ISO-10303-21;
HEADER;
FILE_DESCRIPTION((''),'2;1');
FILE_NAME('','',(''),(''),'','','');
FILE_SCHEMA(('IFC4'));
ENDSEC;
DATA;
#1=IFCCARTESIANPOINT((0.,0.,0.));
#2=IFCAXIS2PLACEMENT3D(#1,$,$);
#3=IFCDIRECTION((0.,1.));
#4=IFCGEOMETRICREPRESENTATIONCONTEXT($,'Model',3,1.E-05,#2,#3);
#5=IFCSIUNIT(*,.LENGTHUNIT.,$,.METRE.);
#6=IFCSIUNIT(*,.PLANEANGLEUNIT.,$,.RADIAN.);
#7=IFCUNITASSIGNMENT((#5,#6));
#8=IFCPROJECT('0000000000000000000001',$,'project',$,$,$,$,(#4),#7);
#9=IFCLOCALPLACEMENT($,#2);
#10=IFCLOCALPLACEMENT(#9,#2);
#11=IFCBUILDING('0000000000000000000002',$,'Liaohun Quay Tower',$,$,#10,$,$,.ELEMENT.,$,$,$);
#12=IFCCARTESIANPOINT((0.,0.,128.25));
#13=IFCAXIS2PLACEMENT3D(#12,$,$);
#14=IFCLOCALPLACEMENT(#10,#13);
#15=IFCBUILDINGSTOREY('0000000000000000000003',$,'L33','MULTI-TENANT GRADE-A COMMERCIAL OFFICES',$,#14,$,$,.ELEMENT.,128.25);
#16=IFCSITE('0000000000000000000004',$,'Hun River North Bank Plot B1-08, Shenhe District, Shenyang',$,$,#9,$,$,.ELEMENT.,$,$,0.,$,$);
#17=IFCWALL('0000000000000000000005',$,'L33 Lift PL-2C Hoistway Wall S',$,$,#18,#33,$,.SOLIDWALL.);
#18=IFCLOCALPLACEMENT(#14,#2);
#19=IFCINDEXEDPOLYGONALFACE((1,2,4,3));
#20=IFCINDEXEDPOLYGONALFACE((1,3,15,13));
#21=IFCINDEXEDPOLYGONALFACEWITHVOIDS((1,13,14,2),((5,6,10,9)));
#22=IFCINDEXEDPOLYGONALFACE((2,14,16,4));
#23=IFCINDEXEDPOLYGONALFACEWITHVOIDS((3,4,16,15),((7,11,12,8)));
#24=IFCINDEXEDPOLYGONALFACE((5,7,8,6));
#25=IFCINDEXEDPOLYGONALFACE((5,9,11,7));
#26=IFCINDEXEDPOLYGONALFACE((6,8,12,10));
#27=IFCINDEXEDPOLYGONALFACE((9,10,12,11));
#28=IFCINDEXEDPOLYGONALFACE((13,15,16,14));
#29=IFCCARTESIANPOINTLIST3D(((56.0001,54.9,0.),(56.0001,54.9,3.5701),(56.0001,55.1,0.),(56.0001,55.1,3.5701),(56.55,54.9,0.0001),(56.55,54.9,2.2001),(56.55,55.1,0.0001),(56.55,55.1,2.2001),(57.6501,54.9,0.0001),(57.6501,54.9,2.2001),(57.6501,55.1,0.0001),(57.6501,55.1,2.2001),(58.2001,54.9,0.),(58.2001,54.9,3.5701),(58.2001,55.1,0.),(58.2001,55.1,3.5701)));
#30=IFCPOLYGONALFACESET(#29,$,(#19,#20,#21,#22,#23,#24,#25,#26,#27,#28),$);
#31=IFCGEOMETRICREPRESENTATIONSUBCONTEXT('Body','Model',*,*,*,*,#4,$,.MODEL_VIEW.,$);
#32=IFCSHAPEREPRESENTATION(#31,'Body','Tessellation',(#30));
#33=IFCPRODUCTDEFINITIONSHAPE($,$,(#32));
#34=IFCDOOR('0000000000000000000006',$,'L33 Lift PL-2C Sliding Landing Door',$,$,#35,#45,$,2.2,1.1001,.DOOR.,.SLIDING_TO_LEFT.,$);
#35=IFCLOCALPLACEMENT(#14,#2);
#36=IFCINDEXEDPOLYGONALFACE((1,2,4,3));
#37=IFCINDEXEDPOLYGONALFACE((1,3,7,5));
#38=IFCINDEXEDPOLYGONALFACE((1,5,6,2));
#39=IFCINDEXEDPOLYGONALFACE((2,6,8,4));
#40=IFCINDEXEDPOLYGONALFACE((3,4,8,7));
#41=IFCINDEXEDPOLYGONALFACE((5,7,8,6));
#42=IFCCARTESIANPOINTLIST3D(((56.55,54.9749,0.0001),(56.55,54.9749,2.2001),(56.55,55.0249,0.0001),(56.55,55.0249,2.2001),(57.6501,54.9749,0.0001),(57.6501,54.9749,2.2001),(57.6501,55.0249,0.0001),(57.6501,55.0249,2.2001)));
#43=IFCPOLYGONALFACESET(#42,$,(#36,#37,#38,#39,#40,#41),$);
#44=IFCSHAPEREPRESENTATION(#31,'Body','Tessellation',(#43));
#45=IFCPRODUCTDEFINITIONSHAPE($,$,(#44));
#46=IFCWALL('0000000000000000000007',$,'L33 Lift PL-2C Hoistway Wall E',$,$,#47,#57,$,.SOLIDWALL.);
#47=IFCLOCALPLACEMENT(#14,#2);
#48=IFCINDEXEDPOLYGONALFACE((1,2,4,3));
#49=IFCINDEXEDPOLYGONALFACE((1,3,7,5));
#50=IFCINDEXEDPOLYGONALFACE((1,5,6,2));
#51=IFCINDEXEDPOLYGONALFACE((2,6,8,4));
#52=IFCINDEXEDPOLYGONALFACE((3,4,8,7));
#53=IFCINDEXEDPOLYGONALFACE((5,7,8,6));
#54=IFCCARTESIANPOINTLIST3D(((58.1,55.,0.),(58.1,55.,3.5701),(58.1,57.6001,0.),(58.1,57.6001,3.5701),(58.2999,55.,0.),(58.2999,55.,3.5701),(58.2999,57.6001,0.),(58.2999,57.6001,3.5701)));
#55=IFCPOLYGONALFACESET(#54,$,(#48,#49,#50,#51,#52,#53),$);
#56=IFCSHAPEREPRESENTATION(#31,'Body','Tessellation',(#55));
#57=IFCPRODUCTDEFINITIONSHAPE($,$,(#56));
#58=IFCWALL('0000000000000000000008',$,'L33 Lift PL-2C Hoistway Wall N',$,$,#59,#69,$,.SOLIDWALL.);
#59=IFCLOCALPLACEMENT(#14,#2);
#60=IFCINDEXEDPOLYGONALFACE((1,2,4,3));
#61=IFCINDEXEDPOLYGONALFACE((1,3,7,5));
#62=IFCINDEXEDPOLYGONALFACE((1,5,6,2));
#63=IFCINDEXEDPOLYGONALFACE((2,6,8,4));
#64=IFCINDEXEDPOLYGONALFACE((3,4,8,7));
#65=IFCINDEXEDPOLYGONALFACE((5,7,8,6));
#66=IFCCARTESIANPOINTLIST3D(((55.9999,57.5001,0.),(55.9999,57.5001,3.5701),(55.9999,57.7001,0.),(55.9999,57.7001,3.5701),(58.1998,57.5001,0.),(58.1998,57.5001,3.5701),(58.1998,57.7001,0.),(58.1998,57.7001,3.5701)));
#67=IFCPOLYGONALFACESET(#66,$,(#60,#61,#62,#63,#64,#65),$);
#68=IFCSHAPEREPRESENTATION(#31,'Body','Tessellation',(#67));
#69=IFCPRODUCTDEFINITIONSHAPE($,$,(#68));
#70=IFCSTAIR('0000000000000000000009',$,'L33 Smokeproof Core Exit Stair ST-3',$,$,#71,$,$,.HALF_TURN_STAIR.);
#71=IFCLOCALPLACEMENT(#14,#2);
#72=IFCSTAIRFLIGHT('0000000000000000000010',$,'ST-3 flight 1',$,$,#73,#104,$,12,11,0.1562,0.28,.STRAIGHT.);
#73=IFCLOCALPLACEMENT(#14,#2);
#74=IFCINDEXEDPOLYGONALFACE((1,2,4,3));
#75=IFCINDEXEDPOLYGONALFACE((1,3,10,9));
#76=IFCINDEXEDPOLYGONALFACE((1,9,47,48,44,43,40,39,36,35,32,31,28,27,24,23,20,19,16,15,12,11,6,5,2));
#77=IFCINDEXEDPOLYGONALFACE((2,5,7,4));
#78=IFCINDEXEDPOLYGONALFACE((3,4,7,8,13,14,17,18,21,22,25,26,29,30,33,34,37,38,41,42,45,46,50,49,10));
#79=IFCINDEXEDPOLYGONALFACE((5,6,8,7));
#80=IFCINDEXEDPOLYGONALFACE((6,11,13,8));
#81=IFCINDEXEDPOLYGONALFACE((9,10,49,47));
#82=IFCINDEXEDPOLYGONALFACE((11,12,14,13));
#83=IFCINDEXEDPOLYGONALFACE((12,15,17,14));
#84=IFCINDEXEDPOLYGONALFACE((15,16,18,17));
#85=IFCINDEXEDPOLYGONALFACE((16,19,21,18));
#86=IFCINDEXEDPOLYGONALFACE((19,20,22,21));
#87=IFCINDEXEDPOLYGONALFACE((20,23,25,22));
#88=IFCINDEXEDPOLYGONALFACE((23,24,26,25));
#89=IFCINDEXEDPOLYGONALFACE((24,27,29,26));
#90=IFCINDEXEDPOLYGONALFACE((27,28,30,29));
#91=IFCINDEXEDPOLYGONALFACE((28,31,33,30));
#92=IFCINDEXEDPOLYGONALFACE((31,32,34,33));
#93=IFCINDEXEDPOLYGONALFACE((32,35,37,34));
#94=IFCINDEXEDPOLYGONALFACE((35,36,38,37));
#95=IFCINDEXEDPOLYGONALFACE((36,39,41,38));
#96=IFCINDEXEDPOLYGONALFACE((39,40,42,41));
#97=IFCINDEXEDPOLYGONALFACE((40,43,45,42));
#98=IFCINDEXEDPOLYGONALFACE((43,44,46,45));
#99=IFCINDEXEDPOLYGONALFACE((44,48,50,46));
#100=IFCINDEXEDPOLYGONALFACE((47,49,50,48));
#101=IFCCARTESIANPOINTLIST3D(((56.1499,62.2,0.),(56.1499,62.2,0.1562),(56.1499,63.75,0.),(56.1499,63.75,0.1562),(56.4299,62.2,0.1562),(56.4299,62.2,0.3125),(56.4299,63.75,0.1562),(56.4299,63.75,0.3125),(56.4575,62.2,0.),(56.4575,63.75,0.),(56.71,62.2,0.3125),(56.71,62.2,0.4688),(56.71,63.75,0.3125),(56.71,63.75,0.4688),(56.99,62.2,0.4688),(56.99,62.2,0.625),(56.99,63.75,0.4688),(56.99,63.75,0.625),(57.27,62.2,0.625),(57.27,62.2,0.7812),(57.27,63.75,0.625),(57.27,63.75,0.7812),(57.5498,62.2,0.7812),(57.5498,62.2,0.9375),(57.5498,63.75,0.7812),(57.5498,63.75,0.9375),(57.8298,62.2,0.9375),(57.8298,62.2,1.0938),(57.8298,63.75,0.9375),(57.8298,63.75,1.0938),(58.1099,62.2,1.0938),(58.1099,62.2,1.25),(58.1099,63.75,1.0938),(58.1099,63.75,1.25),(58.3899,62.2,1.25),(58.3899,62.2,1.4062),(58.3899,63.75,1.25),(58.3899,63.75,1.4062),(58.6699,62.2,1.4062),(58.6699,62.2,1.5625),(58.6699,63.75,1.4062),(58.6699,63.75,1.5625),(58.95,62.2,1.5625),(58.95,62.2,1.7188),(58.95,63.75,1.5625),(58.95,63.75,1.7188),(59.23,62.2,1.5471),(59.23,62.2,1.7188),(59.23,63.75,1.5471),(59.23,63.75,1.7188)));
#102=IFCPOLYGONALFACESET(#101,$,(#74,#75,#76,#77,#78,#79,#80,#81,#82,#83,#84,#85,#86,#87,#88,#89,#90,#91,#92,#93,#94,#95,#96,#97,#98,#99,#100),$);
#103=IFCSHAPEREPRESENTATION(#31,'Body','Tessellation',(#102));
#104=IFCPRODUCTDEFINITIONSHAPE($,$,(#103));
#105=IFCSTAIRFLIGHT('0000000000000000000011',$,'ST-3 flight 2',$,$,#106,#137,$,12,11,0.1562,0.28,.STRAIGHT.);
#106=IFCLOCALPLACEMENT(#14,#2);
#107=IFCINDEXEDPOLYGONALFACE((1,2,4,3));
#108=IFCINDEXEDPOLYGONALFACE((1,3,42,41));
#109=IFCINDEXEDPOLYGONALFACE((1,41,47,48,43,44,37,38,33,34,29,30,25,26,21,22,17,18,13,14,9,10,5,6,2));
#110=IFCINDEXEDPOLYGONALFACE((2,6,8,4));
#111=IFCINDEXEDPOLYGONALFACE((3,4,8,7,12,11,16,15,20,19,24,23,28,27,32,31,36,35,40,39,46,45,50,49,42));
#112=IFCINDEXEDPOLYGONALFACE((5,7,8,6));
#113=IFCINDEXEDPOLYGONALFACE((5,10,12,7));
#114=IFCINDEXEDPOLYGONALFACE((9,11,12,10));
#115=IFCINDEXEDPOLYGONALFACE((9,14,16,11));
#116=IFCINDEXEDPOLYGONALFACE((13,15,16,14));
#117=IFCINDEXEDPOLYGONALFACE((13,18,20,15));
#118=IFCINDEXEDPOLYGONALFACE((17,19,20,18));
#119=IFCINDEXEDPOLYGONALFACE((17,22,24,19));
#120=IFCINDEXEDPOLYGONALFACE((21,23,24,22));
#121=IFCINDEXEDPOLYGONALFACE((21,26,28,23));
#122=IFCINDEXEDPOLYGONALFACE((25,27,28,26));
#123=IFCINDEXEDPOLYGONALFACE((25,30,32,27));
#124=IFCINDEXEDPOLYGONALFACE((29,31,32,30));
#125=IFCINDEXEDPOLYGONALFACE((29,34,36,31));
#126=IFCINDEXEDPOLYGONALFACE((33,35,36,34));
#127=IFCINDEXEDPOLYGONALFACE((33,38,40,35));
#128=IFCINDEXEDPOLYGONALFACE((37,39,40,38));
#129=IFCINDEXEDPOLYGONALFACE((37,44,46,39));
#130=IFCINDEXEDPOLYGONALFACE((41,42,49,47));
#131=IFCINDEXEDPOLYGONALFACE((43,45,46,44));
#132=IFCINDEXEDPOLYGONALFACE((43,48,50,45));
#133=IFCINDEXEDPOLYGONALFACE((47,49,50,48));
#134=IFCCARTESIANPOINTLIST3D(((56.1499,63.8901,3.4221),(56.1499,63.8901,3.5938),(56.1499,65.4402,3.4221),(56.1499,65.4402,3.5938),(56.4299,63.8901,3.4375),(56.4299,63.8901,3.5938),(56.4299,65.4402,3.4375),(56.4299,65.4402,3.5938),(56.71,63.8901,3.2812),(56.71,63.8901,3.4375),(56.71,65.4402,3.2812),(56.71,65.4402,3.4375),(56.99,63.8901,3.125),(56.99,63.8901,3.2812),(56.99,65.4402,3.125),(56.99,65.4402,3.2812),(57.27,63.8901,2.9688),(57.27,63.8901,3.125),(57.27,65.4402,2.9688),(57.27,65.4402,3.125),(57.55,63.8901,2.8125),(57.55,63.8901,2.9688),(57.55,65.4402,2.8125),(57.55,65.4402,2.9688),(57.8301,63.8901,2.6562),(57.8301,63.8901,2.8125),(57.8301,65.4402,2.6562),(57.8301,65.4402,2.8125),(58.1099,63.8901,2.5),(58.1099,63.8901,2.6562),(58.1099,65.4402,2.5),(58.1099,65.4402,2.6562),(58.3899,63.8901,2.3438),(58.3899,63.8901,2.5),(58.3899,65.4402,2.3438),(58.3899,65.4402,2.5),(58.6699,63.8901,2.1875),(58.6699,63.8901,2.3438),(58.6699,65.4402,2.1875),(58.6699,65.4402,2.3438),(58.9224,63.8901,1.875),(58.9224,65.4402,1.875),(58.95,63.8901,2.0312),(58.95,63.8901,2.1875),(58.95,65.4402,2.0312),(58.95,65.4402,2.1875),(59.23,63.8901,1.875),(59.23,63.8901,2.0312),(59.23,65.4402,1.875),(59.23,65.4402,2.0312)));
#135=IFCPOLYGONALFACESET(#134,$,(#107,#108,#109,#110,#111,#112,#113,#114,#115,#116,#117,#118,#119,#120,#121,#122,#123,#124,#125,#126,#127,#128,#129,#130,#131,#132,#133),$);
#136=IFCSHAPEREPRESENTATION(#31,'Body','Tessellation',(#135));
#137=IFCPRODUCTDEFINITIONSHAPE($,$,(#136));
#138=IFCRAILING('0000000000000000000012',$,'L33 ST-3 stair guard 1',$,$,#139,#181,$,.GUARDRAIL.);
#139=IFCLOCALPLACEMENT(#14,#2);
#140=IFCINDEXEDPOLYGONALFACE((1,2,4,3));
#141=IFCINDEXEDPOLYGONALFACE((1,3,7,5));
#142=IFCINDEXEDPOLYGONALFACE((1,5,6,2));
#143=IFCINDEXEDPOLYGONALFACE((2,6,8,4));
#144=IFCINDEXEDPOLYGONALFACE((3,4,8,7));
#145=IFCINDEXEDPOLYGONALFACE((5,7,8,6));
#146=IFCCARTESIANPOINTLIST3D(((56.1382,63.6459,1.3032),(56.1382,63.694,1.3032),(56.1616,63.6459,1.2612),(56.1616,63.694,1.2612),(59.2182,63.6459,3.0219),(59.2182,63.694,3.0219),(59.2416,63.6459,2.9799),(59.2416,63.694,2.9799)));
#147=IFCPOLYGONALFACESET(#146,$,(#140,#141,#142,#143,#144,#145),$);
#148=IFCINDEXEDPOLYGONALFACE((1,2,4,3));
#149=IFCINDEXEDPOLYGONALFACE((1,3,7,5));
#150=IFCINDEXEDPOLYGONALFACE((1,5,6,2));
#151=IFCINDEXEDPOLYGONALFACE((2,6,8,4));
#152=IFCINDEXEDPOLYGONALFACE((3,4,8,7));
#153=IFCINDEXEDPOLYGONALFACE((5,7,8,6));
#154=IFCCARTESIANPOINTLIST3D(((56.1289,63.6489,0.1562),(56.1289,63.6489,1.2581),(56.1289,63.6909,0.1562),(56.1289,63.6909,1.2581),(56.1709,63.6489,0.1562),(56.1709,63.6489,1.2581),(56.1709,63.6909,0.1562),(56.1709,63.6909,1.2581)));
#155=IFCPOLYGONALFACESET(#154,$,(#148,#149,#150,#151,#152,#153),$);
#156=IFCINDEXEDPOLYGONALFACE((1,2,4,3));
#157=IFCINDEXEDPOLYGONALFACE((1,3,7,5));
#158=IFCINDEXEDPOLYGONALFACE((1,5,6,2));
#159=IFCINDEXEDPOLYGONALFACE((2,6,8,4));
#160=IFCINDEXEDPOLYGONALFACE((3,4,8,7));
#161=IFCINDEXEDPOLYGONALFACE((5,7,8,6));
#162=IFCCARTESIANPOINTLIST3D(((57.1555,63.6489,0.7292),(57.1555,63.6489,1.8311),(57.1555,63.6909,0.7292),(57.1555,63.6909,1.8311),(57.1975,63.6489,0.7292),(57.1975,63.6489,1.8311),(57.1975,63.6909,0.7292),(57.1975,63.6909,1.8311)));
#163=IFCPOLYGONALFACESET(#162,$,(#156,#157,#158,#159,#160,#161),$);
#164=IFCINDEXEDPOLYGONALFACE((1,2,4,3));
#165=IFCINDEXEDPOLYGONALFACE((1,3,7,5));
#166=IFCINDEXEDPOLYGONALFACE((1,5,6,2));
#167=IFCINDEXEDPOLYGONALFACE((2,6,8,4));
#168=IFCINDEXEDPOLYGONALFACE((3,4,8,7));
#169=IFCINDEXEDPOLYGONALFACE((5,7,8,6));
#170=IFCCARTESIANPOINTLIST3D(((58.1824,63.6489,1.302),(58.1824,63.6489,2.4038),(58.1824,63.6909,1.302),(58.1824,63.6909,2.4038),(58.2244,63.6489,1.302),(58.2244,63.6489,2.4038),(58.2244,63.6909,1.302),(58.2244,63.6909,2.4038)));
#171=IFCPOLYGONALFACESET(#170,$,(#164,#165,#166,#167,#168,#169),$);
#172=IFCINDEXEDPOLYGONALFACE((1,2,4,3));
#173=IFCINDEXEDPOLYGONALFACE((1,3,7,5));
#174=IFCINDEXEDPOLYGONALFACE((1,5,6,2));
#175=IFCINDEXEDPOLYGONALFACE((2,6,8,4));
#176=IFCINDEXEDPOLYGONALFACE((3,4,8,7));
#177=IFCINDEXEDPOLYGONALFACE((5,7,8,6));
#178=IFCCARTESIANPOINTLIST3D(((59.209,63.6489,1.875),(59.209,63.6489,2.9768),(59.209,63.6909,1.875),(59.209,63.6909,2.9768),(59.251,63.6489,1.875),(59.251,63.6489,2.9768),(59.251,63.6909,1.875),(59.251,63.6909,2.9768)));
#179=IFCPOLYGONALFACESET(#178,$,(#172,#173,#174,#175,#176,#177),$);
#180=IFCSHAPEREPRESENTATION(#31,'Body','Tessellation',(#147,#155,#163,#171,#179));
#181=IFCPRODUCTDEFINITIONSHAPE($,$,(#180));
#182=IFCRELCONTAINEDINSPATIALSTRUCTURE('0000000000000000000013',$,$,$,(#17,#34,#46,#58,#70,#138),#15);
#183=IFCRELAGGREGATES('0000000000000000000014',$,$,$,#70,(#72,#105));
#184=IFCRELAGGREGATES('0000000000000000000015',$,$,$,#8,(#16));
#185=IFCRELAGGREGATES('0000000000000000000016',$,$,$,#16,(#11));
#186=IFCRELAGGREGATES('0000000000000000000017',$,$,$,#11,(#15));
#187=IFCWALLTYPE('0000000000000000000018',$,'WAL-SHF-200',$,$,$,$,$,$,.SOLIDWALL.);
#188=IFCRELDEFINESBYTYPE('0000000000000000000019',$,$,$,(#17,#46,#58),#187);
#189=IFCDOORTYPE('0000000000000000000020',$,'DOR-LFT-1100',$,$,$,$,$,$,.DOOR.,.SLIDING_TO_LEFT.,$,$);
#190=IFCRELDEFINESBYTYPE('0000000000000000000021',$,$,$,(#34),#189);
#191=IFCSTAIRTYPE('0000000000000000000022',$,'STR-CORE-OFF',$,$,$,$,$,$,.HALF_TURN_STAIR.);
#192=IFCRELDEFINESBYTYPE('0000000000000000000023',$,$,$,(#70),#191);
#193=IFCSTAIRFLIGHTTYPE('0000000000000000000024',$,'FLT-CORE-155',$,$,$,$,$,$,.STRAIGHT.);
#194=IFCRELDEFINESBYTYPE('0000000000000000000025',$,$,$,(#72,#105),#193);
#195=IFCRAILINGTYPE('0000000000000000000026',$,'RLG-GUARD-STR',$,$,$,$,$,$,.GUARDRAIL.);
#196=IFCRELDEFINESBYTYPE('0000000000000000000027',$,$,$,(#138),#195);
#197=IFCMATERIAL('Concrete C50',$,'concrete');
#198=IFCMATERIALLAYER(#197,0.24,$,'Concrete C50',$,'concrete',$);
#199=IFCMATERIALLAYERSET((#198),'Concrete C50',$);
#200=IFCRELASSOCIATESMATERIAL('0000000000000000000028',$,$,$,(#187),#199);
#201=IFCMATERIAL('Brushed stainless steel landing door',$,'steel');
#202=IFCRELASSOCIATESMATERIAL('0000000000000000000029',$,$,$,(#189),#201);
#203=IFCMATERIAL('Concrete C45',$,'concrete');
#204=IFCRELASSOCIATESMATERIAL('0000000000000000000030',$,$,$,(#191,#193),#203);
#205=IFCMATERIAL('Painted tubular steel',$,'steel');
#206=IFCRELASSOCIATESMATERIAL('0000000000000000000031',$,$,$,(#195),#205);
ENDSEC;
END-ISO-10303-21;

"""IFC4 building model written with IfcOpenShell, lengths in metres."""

from ifc_helpers import new_model, si_unit, direction, frame, frame_2d, origin, origin_2d, place, context, subcontext, project, spatial, polyline, rectangle, outline, extrude, source, transform, mapped, material, layer, layer_set, type_object, element, fill, aggregate, save


model = new_model("IFC4")

# Units and contexts
model_context = context("Model", 3, precision=1e-05, world=origin(), true_north=direction((0.0, 1.0)))
body_context = subcontext(model_context, "Body", "Model", "MODEL_VIEW")
ifc_project = project(units=[si_unit("LENGTHUNIT", "METRE"), si_unit("PLANEANGLEUNIT", "RADIAN")], contexts=[model_context])

# Site, building, storey
site_placement = place(None, origin())
site = spatial("IfcSite", under=ifc_project, at=site_placement, Name="Hun River North Bank Plot B1-08, Shenhe District, Shenyang", CompositionType="ELEMENT", RefElevation=0.0)
building_placement = place(site_placement, origin())
building = spatial("IfcBuilding", under=site, at=building_placement, Name="Liaohun Quay Tower", CompositionType="ELEMENT")
storey_placement = place(building_placement, frame((0.0, 0.0, 128.25)))
storey = spatial("IfcBuildingStorey", under=building, at=storey_placement, Name="L33", Description="MULTI-TENANT GRADE-A COMMERCIAL OFFICES", CompositionType="ELEMENT", Elevation=128.25)

# Shared definitions
ifc_material_1 = material(Name="Concrete C50", Category="concrete")
ifc_layer_1 = layer(ifc_material_1, 0.24, Name="Concrete C50", Category="concrete")
ifc_layer_set_1 = layer_set([ifc_layer_1], Name="Concrete C50")
wall_type_1 = type_object("IfcWallType", Name="WAL-SHF-200", PredefinedType="SOLIDWALL", material=ifc_layer_set_1)

# Wall, opening, door
wall_1_placement = place(storey_placement, frame((56.0, 55.0, 0.0), z_axis=(0.0, 0.0, 1.0), x_axis=(1.0, 0.0, 0.0)))
wall_1 = element("IfcWall", 1, at=wall_1_placement, inside=storey, type_object=wall_type_1, Name="L33 Lift PL-2C Hoistway Wall S", PredefinedType="SOLIDWALL", context=body_context, shape_type="SweptSolid", body=[
    extrude(rectangle(XDim=2.2, YDim=0.2, at=frame_2d((1.1001, 0.0))), origin(), (0.0, 0.0, 1.0), 3.5701),
])
shared_shape_1 = source(origin(), body_context, "Body", "SweptSolid", [
    extrude(rectangle(XDim=1.1001, YDim=2.2, at=frame_2d((0.55, 1.1001))), frame((0.0, 0.1099, 0.0), z_axis=(0.0, -1.0, 0.0), x_axis=(1.0, 0.0, 0.0)), (0.0, 0.0, 1.0), 0.22),
])
opening_1_placement = place(wall_1_placement, frame((0.55, 0.0, 0.0)))
opening_1 = element("IfcOpeningElement", 2, at=opening_1_placement, cuts=wall_1, PredefinedType="OPENING", context=body_context, shape_type="MappedRepresentation", body=[
    mapped(shared_shape_1, transform((0.0, 0.0, 0.0), x_axis=(1.0, 0.0, 0.0), y_axis=(0.0, 1.0, 0.0), z_axis=(0.0, 0.0, 1.0), scale=1.0)),
])
ifc_material_2 = material(Name="Brushed stainless steel landing door", Category="steel")
door_type_1 = type_object("IfcDoorType", Name="DOR-LFT-1100", OperationType="SLIDING_TO_LEFT", PredefinedType="DOOR", material=ifc_material_2)
shared_shape_2 = source(origin(), body_context, "Body", "SweptSolid", [
    extrude(rectangle(XDim=1.1001, YDim=2.2, at=frame_2d((0.55, 1.1001))), frame((0.0, 0.0249, 0.0), z_axis=(0.0, -1.0, 0.0), x_axis=(1.0, 0.0, 0.0)), (0.0, 0.0, 1.0), 0.05),
])
door_1_placement = place(opening_1_placement, origin())
door_1 = element("IfcDoor", 3, at=door_1_placement, inside=storey, type_object=door_type_1, Name="L33 Lift PL-2C Sliding Landing Door", OperationType="SLIDING_TO_LEFT", OverallHeight=2.2, OverallWidth=1.1001, PredefinedType="DOOR", context=body_context, shape_type="MappedRepresentation", body=[
    mapped(shared_shape_2, transform((0.0, 0.0, 0.0), x_axis=(1.0, 0.0, 0.0), y_axis=(0.0, 1.0, 0.0), z_axis=(0.0, 0.0, 1.0), scale=1.0)),
])
fill(opening_1, door_1)

# Walls
wall_2_placement = place(storey_placement, frame((58.2, 55.0, 0.0), z_axis=(0.0, 0.0, 1.0), x_axis=(0.0, 1.0, 0.0)))
element("IfcWall", 4, at=wall_2_placement, inside=storey, type_object=wall_type_1, Name="L33 Lift PL-2C Hoistway Wall E", PredefinedType="SOLIDWALL", context=body_context, shape_type="SweptSolid", body=[
    extrude(rectangle(XDim=2.6001, YDim=0.2, at=frame_2d((1.3, 0.0))), origin(), (0.0, 0.0, 1.0), 3.5701),
])
wall_3_placement = place(storey_placement, frame((58.2, 57.6001, 0.0), z_axis=(0.0, 0.0, 1.0), x_axis=(-1.0, 0.0, 0.0)))
element("IfcWall", 5, at=wall_3_placement, inside=storey, type_object=wall_type_1, Name="L33 Lift PL-2C Hoistway Wall N", PredefinedType="SOLIDWALL", context=body_context, shape_type="SweptSolid", body=[
    extrude(rectangle(XDim=2.2, YDim=0.2, at=frame_2d((1.1001, 0.0))), origin(), (0.0, 0.0, 1.0), 3.5701),
])

# Stair, stair flights
ifc_material_3 = material(Name="Concrete C45", Category="concrete")
stair_type = type_object("IfcStairType", Name="STR-CORE-OFF", PredefinedType="HALF_TURN_STAIR", material=ifc_material_3)
stair_placement = place(storey_placement, origin())
stair = element("IfcStair", 6, at=stair_placement, inside=storey, type_object=stair_type, Name="L33 Smokeproof Core Exit Stair ST-3", PredefinedType="HALF_TURN_STAIR")
stair_flight_type = type_object("IfcStairFlightType", Name="FLT-CORE-155", PredefinedType="STRAIGHT", material=ifc_material_3)
stair_flight_1_placement = place(storey_placement, frame((56.1499, 62.9751, 0.0), z_axis=(0.0, 0.0, 1.0), x_axis=(1.0, 0.0, 0.0)))
stair_flight_1 = element("IfcStairFlight", 7, at=stair_flight_1_placement, type_object=stair_flight_type, Name="ST-3 flight 1", NumberOfRisers=12, NumberOfTreads=11, PredefinedType="STRAIGHT", RiserHeight=0.1562, TreadLength=0.28, context=body_context, shape_type="SweptSolid", body=[
    extrude(outline(polyline([(0.0, 0.0), (0.0, 0.1562), (0.28, 0.1562), (0.28, 0.3125), (0.5601, 0.3125), (0.5601, 0.4688), (0.8401, 0.4688), (0.8401, 0.625), (1.1201, 0.625), (1.1201, 0.7812), (1.3999, 0.7812), (1.3999, 0.9375), (1.6799, 0.9375), (1.6799, 1.0938), (1.96, 1.0938), (1.96, 1.25), (2.24, 1.25), (2.24, 1.4062), (2.52, 1.4062), (2.52, 1.5625), (2.8, 1.5625), (2.8, 1.7188), (3.0801, 1.7188), (3.0801, 1.875), (3.0801, 1.5471), (0.3076, 0.0), (0.0, 0.0)])), frame((0.0, 0.7749, 0.0), z_axis=(0.0, -1.0, 0.0), x_axis=(1.0, 0.0, 0.0)), (0.0, 0.0, 1.0), 1.55),
])
stair_flight_2_placement = place(storey_placement, frame((59.23, 64.665, 1.875), z_axis=(0.0, 0.0, 1.0), x_axis=(-1.0, 0.0, 0.0)))
stair_flight_2 = element("IfcStairFlight", 8, at=stair_flight_2_placement, type_object=stair_flight_type, Name="ST-3 flight 2", NumberOfRisers=12, NumberOfTreads=11, PredefinedType="STRAIGHT", RiserHeight=0.1562, TreadLength=0.28, context=body_context, shape_type="SweptSolid", body=[
    extrude(outline(polyline([(0.0, 0.0), (0.0, 0.1562), (0.28, 0.1562), (0.28, 0.3125), (0.5601, 0.3125), (0.5601, 0.4688), (0.8401, 0.4688), (0.8401, 0.625), (1.1201, 0.625), (1.1201, 0.7812), (1.3999, 0.7812), (1.3999, 0.9375), (1.6799, 0.9375), (1.6799, 1.0938), (1.96, 1.0938), (1.96, 1.25), (2.24, 1.25), (2.24, 1.4062), (2.52, 1.4062), (2.52, 1.5625), (2.8, 1.5625), (2.8, 1.7188), (3.0801, 1.7188), (3.0801, 1.875), (3.0801, 1.5471), (0.3076, 0.0), (0.0, 0.0)])), frame((0.0, 0.7749, 0.0), z_axis=(0.0, -1.0, 0.0), x_axis=(1.0, 0.0, 0.0)), (0.0, 0.0, 1.0), 1.55),
])
aggregate(stair, [stair_flight_1, stair_flight_2])

# Railing
ifc_material_4 = material(Name="Painted tubular steel", Category="steel")
railing_type_1 = type_object("IfcRailingType", Name="RLG-GUARD-STR", PredefinedType="GUARDRAIL", material=ifc_material_4)
railing_1_placement = place(storey_placement, frame((56.1499, 63.6699, 0.1562)))
element("IfcRailing", 9, at=railing_1_placement, inside=storey, type_object=railing_type_1, Name="L33 ST-3 stair guard 1", PredefinedType="GUARDRAIL", context=body_context, shape_type="SweptSolid", body=[
    extrude(rectangle(XDim=0.0481, YDim=0.0481, at=origin_2d()), frame((0.0, 0.0, 1.126), z_axis=(0.873242, 0.0, 0.487288), x_axis=(0.0, 1.0, 0.0)), (0.0, 0.0, 1.0), 3.5271),
    extrude(rectangle(XDim=0.042, YDim=0.042, at=origin_2d()), origin(), (0.0, 0.0, 1.0), 1.1018),
    extrude(rectangle(XDim=0.042, YDim=0.042, at=origin_2d()), frame((1.0266, 0.0, 0.573)), (0.0, 0.0, 1.0), 1.1018),
    extrude(rectangle(XDim=0.042, YDim=0.042, at=origin_2d()), frame((2.0535, 0.0, 1.1458)), (0.0, 0.0, 1.0), 1.1018),
    extrude(rectangle(XDim=0.042, YDim=0.042, at=origin_2d()), frame((3.0801, 0.0, 1.7188)), (0.0, 0.0, 1.0), 1.1018),
])

save(model, "model.ifc")
